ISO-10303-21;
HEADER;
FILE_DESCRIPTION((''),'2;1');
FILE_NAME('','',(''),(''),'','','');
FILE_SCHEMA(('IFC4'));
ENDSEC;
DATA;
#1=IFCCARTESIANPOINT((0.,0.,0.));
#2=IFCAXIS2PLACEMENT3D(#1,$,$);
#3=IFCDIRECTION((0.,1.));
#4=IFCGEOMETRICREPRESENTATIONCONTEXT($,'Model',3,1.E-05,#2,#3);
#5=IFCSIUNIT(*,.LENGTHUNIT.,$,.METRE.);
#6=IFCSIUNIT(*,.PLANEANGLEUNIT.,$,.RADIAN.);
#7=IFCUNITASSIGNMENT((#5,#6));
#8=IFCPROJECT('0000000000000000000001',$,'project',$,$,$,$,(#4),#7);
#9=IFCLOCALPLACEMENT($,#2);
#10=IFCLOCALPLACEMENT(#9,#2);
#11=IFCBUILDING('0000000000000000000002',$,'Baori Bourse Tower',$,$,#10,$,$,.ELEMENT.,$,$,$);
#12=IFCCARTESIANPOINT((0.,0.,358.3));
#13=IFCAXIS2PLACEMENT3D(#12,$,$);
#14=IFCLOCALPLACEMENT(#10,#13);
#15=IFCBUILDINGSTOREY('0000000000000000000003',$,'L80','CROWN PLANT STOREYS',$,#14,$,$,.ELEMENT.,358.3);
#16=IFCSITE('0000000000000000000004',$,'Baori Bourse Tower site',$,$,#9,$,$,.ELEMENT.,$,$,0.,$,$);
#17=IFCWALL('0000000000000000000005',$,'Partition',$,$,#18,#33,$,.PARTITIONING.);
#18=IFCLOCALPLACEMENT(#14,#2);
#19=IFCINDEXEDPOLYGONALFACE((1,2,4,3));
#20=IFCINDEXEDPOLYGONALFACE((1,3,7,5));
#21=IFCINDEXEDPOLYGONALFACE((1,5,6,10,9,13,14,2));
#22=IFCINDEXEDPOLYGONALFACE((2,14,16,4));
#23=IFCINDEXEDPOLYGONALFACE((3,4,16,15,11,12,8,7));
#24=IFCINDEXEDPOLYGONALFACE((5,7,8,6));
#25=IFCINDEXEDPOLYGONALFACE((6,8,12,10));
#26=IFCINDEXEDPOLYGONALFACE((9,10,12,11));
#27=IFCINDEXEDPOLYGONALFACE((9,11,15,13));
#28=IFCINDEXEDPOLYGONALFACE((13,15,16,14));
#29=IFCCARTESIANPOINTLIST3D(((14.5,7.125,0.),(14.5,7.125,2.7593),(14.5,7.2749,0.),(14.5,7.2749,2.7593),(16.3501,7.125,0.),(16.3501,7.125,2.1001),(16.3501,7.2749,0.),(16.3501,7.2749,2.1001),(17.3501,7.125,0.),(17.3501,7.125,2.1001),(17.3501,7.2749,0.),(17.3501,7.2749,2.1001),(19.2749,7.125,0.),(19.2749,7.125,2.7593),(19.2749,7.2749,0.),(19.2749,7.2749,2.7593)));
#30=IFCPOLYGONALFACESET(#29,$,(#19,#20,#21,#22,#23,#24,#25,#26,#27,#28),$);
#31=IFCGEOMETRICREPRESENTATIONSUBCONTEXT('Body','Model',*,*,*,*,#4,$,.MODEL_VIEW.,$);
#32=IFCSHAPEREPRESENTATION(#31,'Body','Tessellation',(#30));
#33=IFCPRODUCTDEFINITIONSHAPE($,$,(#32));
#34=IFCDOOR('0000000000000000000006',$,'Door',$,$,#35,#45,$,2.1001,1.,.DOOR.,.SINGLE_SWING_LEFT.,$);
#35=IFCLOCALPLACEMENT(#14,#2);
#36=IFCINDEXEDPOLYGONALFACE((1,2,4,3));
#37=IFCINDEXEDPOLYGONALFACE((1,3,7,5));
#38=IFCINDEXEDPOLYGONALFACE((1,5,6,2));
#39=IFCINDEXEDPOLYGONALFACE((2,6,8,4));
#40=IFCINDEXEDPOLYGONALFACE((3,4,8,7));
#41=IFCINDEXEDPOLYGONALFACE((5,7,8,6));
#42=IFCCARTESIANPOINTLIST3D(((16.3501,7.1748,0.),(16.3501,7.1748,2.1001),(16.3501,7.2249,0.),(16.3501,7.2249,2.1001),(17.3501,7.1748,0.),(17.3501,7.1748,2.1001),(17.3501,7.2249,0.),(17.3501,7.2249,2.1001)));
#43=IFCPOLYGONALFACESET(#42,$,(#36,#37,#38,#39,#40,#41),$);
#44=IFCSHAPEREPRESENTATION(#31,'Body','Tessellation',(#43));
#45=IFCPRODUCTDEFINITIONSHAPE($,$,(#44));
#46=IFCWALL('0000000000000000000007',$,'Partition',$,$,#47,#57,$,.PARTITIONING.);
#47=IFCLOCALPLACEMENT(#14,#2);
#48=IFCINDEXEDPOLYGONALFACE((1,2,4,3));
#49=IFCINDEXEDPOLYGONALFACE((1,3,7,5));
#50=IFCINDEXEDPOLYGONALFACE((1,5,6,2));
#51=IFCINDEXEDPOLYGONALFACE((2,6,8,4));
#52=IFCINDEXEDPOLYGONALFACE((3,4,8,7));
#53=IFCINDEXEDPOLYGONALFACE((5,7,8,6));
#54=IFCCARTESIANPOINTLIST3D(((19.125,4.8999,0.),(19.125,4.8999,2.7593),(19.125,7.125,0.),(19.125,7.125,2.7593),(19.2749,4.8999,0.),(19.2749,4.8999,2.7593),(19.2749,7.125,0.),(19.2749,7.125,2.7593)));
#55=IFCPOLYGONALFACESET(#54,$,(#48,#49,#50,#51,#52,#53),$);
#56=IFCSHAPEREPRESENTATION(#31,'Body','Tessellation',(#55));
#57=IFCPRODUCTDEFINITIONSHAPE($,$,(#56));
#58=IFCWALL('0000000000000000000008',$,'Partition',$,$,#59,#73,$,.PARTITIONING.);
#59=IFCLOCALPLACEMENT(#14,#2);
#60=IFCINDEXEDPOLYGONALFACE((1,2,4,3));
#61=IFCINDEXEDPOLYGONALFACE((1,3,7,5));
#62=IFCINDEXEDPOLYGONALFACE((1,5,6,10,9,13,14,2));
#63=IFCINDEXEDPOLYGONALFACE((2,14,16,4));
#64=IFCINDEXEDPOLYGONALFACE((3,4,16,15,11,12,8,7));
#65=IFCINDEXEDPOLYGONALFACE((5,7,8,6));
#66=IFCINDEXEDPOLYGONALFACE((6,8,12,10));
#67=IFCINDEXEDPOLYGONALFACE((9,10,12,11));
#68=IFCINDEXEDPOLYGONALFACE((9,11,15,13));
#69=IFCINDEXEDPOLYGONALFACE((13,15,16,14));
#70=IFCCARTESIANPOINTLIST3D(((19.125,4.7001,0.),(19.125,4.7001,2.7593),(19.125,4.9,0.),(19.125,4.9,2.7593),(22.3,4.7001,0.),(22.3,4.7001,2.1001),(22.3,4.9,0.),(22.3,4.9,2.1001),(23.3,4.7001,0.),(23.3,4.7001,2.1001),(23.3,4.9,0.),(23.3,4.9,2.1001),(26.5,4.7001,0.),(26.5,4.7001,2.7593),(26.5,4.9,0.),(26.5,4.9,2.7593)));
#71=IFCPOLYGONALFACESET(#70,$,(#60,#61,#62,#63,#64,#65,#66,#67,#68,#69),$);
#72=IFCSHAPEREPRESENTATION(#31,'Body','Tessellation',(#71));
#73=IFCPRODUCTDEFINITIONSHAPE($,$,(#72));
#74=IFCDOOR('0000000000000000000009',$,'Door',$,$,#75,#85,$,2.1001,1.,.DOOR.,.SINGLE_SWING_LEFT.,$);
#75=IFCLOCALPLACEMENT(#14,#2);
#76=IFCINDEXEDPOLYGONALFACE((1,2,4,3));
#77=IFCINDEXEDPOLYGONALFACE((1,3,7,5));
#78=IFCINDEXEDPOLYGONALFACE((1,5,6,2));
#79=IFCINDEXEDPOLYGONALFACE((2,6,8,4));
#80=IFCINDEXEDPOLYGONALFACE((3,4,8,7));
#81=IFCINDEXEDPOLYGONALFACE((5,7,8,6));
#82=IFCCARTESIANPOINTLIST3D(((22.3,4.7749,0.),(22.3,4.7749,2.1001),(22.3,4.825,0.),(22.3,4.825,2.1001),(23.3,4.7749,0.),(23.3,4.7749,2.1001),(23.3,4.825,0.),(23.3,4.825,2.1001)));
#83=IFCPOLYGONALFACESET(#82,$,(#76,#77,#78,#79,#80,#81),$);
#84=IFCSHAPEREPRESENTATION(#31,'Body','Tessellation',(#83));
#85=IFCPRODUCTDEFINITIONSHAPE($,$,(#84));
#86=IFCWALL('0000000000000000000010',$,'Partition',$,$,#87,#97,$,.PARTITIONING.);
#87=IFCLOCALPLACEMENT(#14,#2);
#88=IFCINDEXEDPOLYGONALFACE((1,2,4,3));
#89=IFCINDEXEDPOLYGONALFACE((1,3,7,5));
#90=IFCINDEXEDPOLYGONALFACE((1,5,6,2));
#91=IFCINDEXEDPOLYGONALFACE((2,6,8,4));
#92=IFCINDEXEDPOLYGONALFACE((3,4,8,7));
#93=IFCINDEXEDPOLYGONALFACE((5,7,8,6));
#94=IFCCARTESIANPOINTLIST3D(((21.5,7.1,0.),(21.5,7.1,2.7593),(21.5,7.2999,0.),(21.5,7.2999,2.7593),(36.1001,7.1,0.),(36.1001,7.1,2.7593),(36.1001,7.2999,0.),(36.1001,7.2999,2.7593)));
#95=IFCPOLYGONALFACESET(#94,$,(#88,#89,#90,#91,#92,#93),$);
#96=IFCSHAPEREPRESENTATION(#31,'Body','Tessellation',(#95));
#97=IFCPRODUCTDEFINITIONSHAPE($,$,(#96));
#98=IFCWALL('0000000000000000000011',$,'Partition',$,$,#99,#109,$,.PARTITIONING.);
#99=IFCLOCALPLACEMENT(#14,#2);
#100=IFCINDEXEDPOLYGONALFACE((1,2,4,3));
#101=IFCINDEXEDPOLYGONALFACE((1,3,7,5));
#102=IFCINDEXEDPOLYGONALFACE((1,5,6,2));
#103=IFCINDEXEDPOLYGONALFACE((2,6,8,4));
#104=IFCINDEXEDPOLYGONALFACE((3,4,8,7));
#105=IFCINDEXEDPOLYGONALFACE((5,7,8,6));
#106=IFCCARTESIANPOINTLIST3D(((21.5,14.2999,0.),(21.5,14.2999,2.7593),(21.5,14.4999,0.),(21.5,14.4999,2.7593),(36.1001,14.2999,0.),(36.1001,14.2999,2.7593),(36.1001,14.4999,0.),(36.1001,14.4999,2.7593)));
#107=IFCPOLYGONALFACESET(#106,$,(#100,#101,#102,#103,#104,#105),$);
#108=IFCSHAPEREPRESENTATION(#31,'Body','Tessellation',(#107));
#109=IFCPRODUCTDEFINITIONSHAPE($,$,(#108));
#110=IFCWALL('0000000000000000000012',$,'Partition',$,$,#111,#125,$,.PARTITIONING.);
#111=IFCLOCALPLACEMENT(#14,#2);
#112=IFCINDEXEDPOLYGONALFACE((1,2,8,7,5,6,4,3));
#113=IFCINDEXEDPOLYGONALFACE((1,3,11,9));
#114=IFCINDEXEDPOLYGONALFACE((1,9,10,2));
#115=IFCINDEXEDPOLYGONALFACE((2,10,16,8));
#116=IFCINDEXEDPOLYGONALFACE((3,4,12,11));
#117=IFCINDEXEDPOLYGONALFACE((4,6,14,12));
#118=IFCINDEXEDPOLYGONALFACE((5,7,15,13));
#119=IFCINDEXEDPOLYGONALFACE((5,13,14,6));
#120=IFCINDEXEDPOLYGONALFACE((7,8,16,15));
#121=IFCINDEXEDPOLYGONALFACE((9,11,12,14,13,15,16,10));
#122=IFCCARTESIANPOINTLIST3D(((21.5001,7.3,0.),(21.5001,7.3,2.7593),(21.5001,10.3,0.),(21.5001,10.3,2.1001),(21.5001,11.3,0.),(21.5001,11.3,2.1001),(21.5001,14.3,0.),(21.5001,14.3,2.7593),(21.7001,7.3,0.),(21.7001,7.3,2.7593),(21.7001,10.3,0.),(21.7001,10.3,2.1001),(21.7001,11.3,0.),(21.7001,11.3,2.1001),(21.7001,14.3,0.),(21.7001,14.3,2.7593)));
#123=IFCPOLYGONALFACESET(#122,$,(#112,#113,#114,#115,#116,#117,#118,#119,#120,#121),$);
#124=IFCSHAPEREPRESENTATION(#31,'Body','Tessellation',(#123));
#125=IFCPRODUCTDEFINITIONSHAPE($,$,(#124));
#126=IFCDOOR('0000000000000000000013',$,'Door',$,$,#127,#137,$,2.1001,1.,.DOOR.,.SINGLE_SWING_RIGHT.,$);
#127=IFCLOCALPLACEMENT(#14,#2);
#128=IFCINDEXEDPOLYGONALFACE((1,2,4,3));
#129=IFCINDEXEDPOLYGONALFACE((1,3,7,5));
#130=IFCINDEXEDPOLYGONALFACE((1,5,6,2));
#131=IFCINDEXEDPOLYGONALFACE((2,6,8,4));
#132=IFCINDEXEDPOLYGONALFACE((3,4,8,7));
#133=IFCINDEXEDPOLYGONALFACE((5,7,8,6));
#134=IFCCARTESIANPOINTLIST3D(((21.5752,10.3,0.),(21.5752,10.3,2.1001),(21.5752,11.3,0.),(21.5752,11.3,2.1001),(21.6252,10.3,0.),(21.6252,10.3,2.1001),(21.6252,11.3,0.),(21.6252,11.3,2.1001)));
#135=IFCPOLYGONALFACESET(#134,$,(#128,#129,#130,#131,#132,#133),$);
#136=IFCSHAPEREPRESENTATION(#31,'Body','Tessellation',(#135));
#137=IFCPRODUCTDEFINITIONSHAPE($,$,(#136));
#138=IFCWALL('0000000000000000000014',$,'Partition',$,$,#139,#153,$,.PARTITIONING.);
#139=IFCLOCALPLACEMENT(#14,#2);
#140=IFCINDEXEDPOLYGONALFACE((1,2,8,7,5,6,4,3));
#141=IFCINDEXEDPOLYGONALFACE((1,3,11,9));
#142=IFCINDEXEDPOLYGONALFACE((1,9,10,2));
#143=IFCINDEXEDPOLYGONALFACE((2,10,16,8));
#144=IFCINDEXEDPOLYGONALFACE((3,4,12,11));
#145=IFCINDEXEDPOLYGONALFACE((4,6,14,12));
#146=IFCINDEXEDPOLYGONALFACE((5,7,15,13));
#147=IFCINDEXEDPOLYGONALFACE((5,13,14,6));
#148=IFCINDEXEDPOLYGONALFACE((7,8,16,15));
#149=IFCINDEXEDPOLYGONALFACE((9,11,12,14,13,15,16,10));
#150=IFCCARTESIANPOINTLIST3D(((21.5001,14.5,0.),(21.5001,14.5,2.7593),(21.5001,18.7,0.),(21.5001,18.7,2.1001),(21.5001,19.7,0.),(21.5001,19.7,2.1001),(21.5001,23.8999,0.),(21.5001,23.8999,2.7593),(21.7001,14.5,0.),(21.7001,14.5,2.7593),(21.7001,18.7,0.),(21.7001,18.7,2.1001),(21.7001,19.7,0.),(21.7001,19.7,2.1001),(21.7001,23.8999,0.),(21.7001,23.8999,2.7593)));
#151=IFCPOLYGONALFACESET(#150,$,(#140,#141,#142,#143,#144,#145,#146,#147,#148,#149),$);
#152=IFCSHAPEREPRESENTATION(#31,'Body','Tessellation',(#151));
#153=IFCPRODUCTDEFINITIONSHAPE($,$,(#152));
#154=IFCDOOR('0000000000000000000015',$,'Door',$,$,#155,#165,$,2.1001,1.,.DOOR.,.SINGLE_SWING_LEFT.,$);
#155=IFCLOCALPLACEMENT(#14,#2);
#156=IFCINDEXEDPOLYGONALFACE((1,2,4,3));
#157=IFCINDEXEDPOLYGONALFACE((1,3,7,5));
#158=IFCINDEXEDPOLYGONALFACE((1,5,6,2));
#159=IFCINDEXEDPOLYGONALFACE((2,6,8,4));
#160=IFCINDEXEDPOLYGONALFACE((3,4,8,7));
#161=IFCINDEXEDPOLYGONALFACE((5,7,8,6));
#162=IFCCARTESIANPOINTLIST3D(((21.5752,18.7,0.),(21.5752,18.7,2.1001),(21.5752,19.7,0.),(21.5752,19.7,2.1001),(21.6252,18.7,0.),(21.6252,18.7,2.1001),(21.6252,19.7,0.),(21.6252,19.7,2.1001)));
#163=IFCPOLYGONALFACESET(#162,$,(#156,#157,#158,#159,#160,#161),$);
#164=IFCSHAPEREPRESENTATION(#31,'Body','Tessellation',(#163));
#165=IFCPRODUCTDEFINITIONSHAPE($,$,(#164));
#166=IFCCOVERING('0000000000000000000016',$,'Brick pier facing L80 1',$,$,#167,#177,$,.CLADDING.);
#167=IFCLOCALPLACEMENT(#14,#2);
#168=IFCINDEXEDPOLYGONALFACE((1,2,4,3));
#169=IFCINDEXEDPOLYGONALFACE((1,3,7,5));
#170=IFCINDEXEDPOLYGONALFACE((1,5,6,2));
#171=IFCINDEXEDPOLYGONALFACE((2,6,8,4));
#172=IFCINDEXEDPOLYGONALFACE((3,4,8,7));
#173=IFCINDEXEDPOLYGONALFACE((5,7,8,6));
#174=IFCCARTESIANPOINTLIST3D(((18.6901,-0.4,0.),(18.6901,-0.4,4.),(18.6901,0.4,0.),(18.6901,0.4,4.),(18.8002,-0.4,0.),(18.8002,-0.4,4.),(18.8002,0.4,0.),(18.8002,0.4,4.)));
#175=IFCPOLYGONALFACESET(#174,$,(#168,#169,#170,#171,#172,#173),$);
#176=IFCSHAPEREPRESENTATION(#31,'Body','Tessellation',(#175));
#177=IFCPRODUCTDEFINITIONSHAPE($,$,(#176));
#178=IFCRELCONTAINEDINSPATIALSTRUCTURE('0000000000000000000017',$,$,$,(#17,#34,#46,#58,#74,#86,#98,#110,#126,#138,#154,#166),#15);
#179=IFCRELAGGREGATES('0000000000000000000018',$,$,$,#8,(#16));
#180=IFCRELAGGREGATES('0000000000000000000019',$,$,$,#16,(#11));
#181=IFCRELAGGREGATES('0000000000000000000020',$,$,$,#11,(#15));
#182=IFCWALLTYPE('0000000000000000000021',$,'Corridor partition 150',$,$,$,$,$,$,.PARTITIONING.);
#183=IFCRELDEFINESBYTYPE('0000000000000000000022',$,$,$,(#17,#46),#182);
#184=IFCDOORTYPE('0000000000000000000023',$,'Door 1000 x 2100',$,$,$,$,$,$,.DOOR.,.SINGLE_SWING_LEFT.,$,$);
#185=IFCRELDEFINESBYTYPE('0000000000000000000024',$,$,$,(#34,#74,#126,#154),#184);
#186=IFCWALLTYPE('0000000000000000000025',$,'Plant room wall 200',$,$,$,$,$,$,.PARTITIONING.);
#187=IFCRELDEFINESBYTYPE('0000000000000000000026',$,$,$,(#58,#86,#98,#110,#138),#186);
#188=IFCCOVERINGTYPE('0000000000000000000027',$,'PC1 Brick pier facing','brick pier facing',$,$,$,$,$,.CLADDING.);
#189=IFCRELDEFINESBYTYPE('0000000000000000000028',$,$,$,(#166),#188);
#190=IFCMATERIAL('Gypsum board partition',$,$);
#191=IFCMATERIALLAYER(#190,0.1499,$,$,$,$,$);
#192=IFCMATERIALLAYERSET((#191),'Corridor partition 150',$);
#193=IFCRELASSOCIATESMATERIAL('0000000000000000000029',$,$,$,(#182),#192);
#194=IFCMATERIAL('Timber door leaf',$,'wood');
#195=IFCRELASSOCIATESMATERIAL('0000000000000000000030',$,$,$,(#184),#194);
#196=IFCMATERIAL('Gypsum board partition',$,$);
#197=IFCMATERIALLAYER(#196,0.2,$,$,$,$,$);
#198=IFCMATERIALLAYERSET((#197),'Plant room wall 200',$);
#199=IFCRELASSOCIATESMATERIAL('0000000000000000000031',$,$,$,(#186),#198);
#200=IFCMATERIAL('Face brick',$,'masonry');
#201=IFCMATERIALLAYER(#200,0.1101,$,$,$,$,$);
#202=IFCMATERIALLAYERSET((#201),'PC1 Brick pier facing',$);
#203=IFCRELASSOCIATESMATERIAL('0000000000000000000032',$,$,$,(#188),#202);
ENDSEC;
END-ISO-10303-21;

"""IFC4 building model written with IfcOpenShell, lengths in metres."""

from ifc_helpers import new_model, si_unit, direction, frame, frame_2d, origin, origin_2d, place, context, subcontext, project, spatial, rectangle, extrude, material, layer, layer_set, type_object, element, fill, save


model = new_model("IFC4")

# Units and contexts
model_context = context("Model", 3, precision=1e-05, world=origin(), true_north=direction((0.0, 1.0)))
body_context = subcontext(model_context, "Body", "Model", "MODEL_VIEW")
ifc_project = project(units=[si_unit("LENGTHUNIT", "METRE"), si_unit("PLANEANGLEUNIT", "RADIAN")], contexts=[model_context])

# Site, building, storey
site_placement = place(None, origin())
site = spatial("IfcSite", under=ifc_project, at=site_placement, Name="Baori Bourse Tower site", CompositionType="ELEMENT", RefElevation=0.0)
building_placement = place(site_placement, origin())
building = spatial("IfcBuilding", under=site, at=building_placement, Name="Baori Bourse Tower", CompositionType="ELEMENT")
storey_placement = place(building_placement, frame((0.0, 0.0, 358.3)))
storey = spatial("IfcBuildingStorey", under=building, at=storey_placement, Name="L80", Description="CROWN PLANT STOREYS", CompositionType="ELEMENT", Elevation=358.3)

# Wall, opening, door
ifc_material_1 = material(Name="Gypsum board partition")
ifc_layer_1 = layer(ifc_material_1, 0.1499)
ifc_layer_set_1 = layer_set([ifc_layer_1], Name="Corridor partition 150")
wall_type_1 = type_object("IfcWallType", Name="Corridor partition 150", PredefinedType="PARTITIONING", material=ifc_layer_set_1)
wall_1_placement = place(storey_placement, frame((14.5, 7.2, 0.0), z_axis=(0.0, 0.0, 1.0), x_axis=(1.0, 0.0, 0.0)))
wall_1 = element("IfcWall", 1, at=wall_1_placement, inside=storey, type_object=wall_type_1, Name="Partition", PredefinedType="PARTITIONING", context=body_context, shape_type="SweptSolid", body=[
    extrude(rectangle(XDim=4.7749, YDim=0.1499, at=frame_2d((2.3875, 0.0))), origin(), (0.0, 0.0, 1.0), 2.7593),
])
opening_1_placement = place(wall_1_placement, frame((1.8501, 0.0, 0.0)))
opening_1 = element("IfcOpeningElement", 2, at=opening_1_placement, cuts=wall_1, PredefinedType="OPENING", context=body_context, shape_type="SweptSolid", body=[
    extrude(rectangle(XDim=1.0, YDim=2.1001, at=frame_2d((0.5, 1.05))), frame((0.0, 0.085, 0.0), z_axis=(0.0, -1.0, 0.0), x_axis=(1.0, 0.0, 0.0)), (0.0, 0.0, 1.0), 0.1699),
])
ifc_material_2 = material(Name="Timber door leaf", Category="wood")
door_type_1 = type_object("IfcDoorType", Name="Door 1000 x 2100", OperationType="SINGLE_SWING_LEFT", PredefinedType="DOOR", material=ifc_material_2)
door_1_placement = place(opening_1_placement, origin())
door_1 = element("IfcDoor", 3, at=door_1_placement, inside=storey, type_object=door_type_1, Name="Door", OperationType="SINGLE_SWING_LEFT", OverallHeight=2.1001, OverallWidth=1.0, PredefinedType="DOOR", context=body_context, shape_type="SweptSolid", body=[
    extrude(rectangle(XDim=1.0, YDim=2.1001, at=frame_2d((0.5, 1.05))), frame((0.0, 0.0249, 0.0), z_axis=(0.0, -1.0, 0.0), x_axis=(1.0, 0.0, 0.0)), (0.0, 0.0, 1.0), 0.05),
])
fill(opening_1, door_1)

# Wall
wall_2_placement = place(storey_placement, frame((19.2, 4.8999, 0.0), z_axis=(0.0, 0.0, 1.0), x_axis=(0.0, 1.0, 0.0)))
element("IfcWall", 4, at=wall_2_placement, inside=storey, type_object=wall_type_1, Name="Partition", PredefinedType="PARTITIONING", context=body_context, shape_type="SweptSolid", body=[
    extrude(rectangle(XDim=2.2251, YDim=0.1499, at=frame_2d((1.1125, 0.0))), origin(), (0.0, 0.0, 1.0), 2.7593),
])

# Wall, opening, door
ifc_material_3 = material(Name="Gypsum board partition")
ifc_layer_2 = layer(ifc_material_3, 0.2)
ifc_layer_set_2 = layer_set([ifc_layer_2], Name="Plant room wall 200")
wall_type_2 = type_object("IfcWallType", Name="Plant room wall 200", PredefinedType="PARTITIONING", material=ifc_layer_set_2)
wall_3_placement = place(storey_placement, frame((19.125, 4.8, 0.0), z_axis=(0.0, 0.0, 1.0), x_axis=(1.0, 0.0, 0.0)))
wall_3 = element("IfcWall", 5, at=wall_3_placement, inside=storey, type_object=wall_type_2, Name="Partition", PredefinedType="PARTITIONING", context=body_context, shape_type="SweptSolid", body=[
    extrude(rectangle(XDim=7.375, YDim=0.2, at=frame_2d((3.6875, 0.0))), origin(), (0.0, 0.0, 1.0), 2.7593),
])
opening_2_placement = place(wall_3_placement, frame((3.175, 0.0, 0.0)))
opening_2 = element("IfcOpeningElement", 6, at=opening_2_placement, cuts=wall_3, PredefinedType="OPENING", context=body_context, shape_type="SweptSolid", body=[
    extrude(rectangle(XDim=1.0, YDim=2.1001, at=frame_2d((0.5, 1.05))), frame((0.0, 0.1099, 0.0), z_axis=(0.0, -1.0, 0.0), x_axis=(1.0, 0.0, 0.0)), (0.0, 0.0, 1.0), 0.22),
])
door_2_placement = place(opening_2_placement, origin())
door_2 = element("IfcDoor", 7, at=door_2_placement, inside=storey, type_object=door_type_1, Name="Door", OperationType="SINGLE_SWING_LEFT", OverallHeight=2.1001, OverallWidth=1.0, PredefinedType="DOOR", context=body_context, shape_type="SweptSolid", body=[
    extrude(rectangle(XDim=1.0, YDim=2.1001, at=frame_2d((0.5, 1.05))), frame((0.0, 0.0249, 0.0), z_axis=(0.0, -1.0, 0.0), x_axis=(1.0, 0.0, 0.0)), (0.0, 0.0, 1.0), 0.05),
])
fill(opening_2, door_2)

# Walls
for number, where, z_axis, x_axis, name in (
    (8, (21.5, 7.2, 0.0), (0.0, 0.0, 1.0), (1.0, 0.0, 0.0), "Partition"),
    (9, (21.5, 14.3999, 0.0), (0.0, 0.0, 1.0), (1.0, 0.0, 0.0), "Partition"),
):
    element("IfcWall", number, at=place(storey_placement, frame(where, z_axis=z_axis, x_axis=x_axis)), inside=storey, type_object=wall_type_2, Name=name, PredefinedType="PARTITIONING", context=body_context, shape_type="SweptSolid", body=[
        extrude(rectangle(XDim=14.6001, YDim=0.2, at=frame_2d((7.3, 0.0))), origin(), (0.0, 0.0, 1.0), 2.7593),
    ])

# Walls, openings, doors
wall_4_placement = place(storey_placement, frame((21.6001, 7.3, 0.0), z_axis=(0.0, 0.0, 1.0), x_axis=(0.0, 1.0, 0.0)))
wall_4 = element("IfcWall", 10, at=wall_4_placement, inside=storey, type_object=wall_type_2, Name="Partition", PredefinedType="PARTITIONING", context=body_context, shape_type="SweptSolid", body=[
    extrude(rectangle(XDim=7.0, YDim=0.2, at=frame_2d((3.5, 0.0))), origin(), (0.0, 0.0, 1.0), 2.7593),
])
opening_3_placement = place(wall_4_placement, frame((3.0, 0.0, 0.0)))
opening_3 = element("IfcOpeningElement", 11, at=opening_3_placement, cuts=wall_4, PredefinedType="OPENING", context=body_context, shape_type="SweptSolid", body=[
    extrude(rectangle(XDim=1.0, YDim=2.1001, at=frame_2d((0.5, 1.05))), frame((0.0, 0.1099, 0.0), z_axis=(0.0, -1.0, 0.0), x_axis=(1.0, 0.0, 0.0)), (0.0, 0.0, 1.0), 0.22),
])
door_3_placement = place(opening_3_placement, origin())
door_3 = element("IfcDoor", 12, at=door_3_placement, inside=storey, type_object=door_type_1, Name="Door", OperationType="SINGLE_SWING_RIGHT", OverallHeight=2.1001, OverallWidth=1.0, PredefinedType="DOOR", context=body_context, shape_type="SweptSolid", body=[
    extrude(rectangle(XDim=1.0, YDim=2.1001, at=frame_2d((0.5, 1.05))), frame((0.0, 0.0249, 0.0), z_axis=(0.0, -1.0, 0.0), x_axis=(1.0, 0.0, 0.0)), (0.0, 0.0, 1.0), 0.05),
])
fill(opening_3, door_3)
wall_5_placement = place(storey_placement, frame((21.6001, 14.5, 0.0), z_axis=(0.0, 0.0, 1.0), x_axis=(0.0, 1.0, 0.0)))
wall_5 = element("IfcWall", 13, at=wall_5_placement, inside=storey, type_object=wall_type_2, Name="Partition", PredefinedType="PARTITIONING", context=body_context, shape_type="SweptSolid", body=[
    extrude(rectangle(XDim=9.3999, YDim=0.2, at=frame_2d((4.7, 0.0))), origin(), (0.0, 0.0, 1.0), 2.7593),
])
opening_4_placement = place(wall_5_placement, frame((4.2, 0.0, 0.0)))
opening_4 = element("IfcOpeningElement", 14, at=opening_4_placement, cuts=wall_5, PredefinedType="OPENING", context=body_context, shape_type="SweptSolid", body=[
    extrude(rectangle(XDim=1.0, YDim=2.1001, at=frame_2d((0.5, 1.05))), frame((0.0, 0.1099, 0.0), z_axis=(0.0, -1.0, 0.0), x_axis=(1.0, 0.0, 0.0)), (0.0, 0.0, 1.0), 0.22),
])
door_4_placement = place(opening_4_placement, origin())
door_4 = element("IfcDoor", 15, at=door_4_placement, inside=storey, type_object=door_type_1, Name="Door", OperationType="SINGLE_SWING_LEFT", OverallHeight=2.1001, OverallWidth=1.0, PredefinedType="DOOR", context=body_context, shape_type="SweptSolid", body=[
    extrude(rectangle(XDim=1.0, YDim=2.1001, at=frame_2d((0.5, 1.05))), frame((0.0, 0.0249, 0.0), z_axis=(0.0, -1.0, 0.0), x_axis=(1.0, 0.0, 0.0)), (0.0, 0.0, 1.0), 0.05),
])
fill(opening_4, door_4)

# Covering
ifc_material_4 = material(Name="Face brick", Category="masonry")
ifc_layer_3 = layer(ifc_material_4, 0.1101)
ifc_layer_set_3 = layer_set([ifc_layer_3], Name="PC1 Brick pier facing")
covering_type = type_object("IfcCoveringType", Name="PC1 Brick pier facing", Description="brick pier facing", PredefinedType="CLADDING", material=ifc_layer_set_3)
covering_placement = place(storey_placement, frame((18.7451, 0.0, 0.0), z_axis=(0.0, 0.0, 1.0), x_axis=(1.0, 0.0, 0.0)))
element("IfcCovering", 16, at=covering_placement, inside=storey, type_object=covering_type, Name="Brick pier facing L80 1", PredefinedType="CLADDING", context=body_context, shape_type="SweptSolid", body=[
    extrude(rectangle(XDim=0.1101, YDim=0.8, at=origin_2d()), origin(), (0.0, 0.0, 1.0), 4.0),
])

save(model, "model.ifc")
